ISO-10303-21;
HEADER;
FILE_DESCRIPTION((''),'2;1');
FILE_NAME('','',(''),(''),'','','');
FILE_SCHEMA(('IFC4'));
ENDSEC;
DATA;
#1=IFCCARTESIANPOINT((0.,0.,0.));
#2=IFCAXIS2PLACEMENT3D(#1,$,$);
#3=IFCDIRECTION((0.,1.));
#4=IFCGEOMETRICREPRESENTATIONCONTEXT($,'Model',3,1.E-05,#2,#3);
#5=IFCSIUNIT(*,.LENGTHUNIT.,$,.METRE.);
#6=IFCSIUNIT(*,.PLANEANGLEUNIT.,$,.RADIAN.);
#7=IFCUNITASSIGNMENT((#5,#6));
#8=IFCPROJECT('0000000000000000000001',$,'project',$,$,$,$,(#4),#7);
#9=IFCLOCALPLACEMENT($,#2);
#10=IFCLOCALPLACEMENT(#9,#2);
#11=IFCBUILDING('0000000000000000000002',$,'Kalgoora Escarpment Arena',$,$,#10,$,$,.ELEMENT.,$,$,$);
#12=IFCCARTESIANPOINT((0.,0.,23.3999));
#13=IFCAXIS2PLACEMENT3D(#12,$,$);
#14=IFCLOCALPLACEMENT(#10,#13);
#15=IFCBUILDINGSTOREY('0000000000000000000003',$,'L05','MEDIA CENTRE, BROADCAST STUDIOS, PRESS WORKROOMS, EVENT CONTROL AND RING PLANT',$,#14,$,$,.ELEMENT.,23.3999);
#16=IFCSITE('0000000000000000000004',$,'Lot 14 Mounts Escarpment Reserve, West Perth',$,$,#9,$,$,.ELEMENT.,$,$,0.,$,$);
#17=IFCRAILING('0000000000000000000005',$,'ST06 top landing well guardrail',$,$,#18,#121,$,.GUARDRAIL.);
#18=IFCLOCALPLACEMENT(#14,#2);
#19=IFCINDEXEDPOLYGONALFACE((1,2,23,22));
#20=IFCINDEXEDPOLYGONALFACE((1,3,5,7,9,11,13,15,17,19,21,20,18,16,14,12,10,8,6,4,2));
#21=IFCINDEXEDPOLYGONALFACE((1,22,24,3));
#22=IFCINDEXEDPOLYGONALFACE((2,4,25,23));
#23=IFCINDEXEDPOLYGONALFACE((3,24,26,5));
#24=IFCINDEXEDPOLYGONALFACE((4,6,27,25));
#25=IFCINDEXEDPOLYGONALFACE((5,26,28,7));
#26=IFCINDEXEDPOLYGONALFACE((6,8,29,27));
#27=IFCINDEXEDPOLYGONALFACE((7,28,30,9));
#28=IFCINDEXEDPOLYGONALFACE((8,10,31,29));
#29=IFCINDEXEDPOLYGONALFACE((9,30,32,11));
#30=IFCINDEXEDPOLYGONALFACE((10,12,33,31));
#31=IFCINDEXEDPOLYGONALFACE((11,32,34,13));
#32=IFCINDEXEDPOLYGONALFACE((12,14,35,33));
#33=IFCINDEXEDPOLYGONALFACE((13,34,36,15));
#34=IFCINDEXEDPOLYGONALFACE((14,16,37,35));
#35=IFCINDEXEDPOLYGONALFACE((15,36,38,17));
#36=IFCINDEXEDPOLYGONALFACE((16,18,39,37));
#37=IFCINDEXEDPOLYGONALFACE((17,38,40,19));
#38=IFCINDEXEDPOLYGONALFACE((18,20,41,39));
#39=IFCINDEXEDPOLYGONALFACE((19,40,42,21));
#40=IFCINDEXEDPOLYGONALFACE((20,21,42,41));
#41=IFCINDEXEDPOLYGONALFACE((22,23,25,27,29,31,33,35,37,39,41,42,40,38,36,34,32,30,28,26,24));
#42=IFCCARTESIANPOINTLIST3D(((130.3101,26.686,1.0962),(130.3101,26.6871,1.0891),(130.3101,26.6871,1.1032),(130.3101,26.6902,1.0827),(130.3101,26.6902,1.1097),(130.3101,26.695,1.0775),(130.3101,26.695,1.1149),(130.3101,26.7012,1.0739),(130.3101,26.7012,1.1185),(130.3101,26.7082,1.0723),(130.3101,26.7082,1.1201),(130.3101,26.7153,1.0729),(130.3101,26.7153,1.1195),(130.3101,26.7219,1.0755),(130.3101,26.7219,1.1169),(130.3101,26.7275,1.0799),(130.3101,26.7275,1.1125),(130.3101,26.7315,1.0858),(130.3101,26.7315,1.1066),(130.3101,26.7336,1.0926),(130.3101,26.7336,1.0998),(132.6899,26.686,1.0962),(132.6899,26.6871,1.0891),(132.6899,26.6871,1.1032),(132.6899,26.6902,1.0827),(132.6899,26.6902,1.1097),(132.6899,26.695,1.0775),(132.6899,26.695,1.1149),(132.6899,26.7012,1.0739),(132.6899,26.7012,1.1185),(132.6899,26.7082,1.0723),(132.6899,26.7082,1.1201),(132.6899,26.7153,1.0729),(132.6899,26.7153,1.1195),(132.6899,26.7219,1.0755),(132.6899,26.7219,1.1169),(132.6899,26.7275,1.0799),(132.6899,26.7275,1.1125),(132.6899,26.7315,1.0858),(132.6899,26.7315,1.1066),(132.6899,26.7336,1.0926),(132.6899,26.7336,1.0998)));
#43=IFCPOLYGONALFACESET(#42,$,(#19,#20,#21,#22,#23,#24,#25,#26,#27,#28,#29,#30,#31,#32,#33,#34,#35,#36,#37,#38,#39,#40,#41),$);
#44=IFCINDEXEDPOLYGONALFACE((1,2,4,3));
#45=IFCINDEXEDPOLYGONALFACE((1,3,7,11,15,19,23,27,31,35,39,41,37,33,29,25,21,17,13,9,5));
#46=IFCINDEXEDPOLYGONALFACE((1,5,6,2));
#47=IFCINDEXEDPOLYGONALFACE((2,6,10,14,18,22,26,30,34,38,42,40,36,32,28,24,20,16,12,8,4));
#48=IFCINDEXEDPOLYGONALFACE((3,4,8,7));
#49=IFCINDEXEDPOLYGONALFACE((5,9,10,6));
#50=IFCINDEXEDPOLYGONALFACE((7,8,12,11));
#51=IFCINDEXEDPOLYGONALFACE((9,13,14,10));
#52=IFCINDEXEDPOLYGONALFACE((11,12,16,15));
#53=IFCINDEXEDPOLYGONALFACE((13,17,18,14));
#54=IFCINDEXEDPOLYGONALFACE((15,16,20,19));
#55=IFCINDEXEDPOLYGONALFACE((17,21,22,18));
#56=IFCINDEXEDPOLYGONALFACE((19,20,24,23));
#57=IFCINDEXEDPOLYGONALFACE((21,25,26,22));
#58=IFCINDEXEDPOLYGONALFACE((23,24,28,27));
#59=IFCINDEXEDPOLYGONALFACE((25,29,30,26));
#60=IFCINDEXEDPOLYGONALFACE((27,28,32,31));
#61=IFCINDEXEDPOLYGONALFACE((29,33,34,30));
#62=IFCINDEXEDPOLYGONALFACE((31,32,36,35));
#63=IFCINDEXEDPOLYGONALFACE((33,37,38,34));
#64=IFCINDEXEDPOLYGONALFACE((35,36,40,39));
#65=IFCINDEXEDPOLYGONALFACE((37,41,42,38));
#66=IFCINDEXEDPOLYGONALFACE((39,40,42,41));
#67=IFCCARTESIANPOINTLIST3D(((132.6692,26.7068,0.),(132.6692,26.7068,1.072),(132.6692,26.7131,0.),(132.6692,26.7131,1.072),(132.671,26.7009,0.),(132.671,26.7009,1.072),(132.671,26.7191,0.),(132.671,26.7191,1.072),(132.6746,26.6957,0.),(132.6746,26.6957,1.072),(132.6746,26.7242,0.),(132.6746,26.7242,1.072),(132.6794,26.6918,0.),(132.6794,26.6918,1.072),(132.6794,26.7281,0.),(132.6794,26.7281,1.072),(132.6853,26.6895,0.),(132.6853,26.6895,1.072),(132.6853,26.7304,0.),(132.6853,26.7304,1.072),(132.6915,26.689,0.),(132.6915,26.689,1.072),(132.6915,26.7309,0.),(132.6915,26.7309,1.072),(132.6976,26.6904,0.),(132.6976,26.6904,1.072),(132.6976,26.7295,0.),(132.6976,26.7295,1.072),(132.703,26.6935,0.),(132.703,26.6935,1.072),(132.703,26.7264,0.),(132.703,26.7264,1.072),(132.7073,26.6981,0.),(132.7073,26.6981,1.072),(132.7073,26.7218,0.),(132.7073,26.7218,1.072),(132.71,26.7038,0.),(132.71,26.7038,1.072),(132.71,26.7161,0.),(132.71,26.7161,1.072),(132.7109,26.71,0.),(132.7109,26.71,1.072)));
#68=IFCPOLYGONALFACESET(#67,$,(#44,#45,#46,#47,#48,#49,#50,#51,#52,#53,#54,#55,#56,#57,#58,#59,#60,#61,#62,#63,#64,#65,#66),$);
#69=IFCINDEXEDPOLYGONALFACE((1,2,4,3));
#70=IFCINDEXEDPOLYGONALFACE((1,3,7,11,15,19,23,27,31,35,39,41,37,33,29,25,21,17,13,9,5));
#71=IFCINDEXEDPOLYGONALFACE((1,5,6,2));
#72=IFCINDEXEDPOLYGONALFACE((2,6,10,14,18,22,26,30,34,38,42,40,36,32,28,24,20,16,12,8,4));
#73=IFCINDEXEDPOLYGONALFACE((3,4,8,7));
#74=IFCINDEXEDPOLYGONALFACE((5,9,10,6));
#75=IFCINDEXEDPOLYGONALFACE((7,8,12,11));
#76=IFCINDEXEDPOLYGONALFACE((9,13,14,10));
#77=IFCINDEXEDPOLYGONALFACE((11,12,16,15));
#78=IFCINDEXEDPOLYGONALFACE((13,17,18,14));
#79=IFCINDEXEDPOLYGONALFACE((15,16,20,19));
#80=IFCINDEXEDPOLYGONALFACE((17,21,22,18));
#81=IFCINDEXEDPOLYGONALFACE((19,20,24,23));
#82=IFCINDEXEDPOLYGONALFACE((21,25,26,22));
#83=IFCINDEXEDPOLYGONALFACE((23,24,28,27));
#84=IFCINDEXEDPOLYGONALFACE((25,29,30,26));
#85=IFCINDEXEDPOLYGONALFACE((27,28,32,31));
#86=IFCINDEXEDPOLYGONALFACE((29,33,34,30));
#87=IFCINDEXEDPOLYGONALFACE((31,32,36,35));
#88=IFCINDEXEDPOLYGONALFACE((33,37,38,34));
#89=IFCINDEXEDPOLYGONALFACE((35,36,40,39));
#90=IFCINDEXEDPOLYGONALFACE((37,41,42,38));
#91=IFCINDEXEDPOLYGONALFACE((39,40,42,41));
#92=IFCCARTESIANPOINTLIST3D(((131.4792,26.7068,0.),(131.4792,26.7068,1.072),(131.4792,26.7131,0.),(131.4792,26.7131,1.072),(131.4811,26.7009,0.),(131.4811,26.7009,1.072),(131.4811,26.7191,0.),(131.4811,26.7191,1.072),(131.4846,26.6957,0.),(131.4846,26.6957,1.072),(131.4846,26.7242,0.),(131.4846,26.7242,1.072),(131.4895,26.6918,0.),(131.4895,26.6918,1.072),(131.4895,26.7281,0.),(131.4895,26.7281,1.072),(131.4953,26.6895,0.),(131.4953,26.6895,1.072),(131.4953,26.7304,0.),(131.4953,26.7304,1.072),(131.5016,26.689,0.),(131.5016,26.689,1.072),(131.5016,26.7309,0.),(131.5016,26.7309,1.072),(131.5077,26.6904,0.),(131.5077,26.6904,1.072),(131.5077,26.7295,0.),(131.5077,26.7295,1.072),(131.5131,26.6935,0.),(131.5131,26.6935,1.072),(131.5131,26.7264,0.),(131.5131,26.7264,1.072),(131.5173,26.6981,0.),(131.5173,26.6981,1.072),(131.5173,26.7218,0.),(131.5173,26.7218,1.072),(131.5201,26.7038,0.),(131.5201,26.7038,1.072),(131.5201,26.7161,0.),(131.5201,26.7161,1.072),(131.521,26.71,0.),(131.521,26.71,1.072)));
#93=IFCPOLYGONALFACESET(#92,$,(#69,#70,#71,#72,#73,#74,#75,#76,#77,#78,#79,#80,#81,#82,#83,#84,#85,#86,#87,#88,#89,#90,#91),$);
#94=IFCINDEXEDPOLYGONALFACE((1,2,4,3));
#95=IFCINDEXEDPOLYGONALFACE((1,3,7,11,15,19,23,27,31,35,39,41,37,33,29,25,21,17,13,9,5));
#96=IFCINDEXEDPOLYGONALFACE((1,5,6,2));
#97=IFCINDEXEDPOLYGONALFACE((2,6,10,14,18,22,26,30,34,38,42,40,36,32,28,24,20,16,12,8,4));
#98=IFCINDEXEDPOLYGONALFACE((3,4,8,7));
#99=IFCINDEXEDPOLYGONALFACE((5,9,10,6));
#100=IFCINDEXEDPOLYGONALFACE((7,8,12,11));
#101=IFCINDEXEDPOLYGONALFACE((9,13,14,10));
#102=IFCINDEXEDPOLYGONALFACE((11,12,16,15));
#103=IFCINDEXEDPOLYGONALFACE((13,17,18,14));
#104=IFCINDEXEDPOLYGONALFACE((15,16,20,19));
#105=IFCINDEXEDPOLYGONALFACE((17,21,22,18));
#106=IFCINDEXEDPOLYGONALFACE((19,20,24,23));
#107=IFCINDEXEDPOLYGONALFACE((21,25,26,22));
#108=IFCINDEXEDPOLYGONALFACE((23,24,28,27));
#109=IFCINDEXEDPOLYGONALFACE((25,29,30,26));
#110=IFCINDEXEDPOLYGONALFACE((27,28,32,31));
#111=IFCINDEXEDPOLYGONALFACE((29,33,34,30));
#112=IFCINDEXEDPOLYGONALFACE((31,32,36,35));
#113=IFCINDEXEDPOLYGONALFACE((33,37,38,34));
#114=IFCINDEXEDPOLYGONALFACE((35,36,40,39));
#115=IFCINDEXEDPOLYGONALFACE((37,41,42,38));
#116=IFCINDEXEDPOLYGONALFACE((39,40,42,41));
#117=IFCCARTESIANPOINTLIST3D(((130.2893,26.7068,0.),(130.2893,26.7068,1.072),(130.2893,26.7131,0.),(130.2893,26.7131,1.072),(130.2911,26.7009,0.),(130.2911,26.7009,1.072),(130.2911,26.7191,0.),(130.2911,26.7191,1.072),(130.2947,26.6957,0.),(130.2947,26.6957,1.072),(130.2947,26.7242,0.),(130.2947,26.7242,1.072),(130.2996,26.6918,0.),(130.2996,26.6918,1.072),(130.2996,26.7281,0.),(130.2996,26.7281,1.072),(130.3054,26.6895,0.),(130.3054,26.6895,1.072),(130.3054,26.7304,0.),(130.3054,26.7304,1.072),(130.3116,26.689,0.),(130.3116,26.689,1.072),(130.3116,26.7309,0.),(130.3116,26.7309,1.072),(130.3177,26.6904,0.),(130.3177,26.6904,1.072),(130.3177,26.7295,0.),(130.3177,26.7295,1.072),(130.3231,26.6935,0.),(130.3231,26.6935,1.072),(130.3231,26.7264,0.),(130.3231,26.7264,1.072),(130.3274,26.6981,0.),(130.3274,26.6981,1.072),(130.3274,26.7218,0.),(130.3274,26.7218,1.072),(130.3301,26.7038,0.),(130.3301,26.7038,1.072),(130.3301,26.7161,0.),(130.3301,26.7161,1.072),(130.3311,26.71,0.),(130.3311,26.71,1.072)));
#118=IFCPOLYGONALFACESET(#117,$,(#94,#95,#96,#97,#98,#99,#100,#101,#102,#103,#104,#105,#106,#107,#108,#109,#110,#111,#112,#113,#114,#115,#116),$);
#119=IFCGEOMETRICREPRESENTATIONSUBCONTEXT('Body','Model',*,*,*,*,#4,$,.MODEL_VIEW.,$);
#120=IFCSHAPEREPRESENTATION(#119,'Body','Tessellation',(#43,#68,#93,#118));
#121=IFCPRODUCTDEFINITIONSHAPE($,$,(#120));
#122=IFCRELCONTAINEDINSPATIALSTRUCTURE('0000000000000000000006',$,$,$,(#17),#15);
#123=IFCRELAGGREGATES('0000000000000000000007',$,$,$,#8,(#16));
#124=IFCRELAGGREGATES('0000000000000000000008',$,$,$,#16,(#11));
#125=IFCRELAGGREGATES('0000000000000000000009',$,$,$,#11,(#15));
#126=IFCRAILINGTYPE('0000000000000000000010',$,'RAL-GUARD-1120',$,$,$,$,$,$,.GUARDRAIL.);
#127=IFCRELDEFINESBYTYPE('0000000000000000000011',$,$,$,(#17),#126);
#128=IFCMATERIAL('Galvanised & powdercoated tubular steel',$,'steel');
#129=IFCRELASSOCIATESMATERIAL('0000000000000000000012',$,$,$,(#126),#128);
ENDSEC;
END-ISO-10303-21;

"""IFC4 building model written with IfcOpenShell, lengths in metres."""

from ifc_helpers import new_model, si_unit, direction, frame, origin, origin_2d, place, context, subcontext, project, spatial, circle, extrude, material, type_object, element, save


model = new_model("IFC4")

# Units and contexts
model_context = context("Model", 3, precision=1e-05, world=origin(), true_north=direction((0.0, 1.0)))
body_context = subcontext(model_context, "Body", "Model", "MODEL_VIEW")
ifc_project = project(units=[si_unit("LENGTHUNIT", "METRE"), si_unit("PLANEANGLEUNIT", "RADIAN")], contexts=[model_context])

# Site, building, storey
site_placement = place(None, origin())
site = spatial("IfcSite", under=ifc_project, at=site_placement, Name="Lot 14 Mounts Escarpment Reserve, West Perth", CompositionType="ELEMENT", RefElevation=0.0)
building_placement = place(site_placement, origin())
building = spatial("IfcBuilding", under=site, at=building_placement, Name="Kalgoora Escarpment Arena", CompositionType="ELEMENT")
storey_placement = place(building_placement, frame((0.0, 0.0, 23.3999)))
storey = spatial("IfcBuildingStorey", under=building, at=storey_placement, Name="L05", Description="MEDIA CENTRE, BROADCAST STUDIOS, PRESS WORKROOMS, EVENT CONTROL AND RING PLANT", CompositionType="ELEMENT", Elevation=23.3999)

# Railing
ifc_material_1 = material(Name="Galvanised & powdercoated tubular steel", Category="steel")
railing_type = type_object("IfcRailingType", Name="RAL-GUARD-1120", PredefinedType="GUARDRAIL", material=ifc_material_1)
railing_1_placement = place(storey_placement, frame((132.6899, 26.71, 0.0)))
element("IfcRailing", 1, at=railing_1_placement, inside=storey, type_object=railing_type, Name="ST06 top landing well guardrail", PredefinedType="GUARDRAIL", context=body_context, shape_type="SweptSolid", body=[
    extrude(circle(Radius=0.0239, at=origin_2d()), frame((0.0, 0.0, 1.0962), z_axis=(-1.0, 0.0, 0.0), x_axis=(0.0, -1.0, 0.0)), (0.0, 0.0, 1.0), 2.3799),
    extrude(circle(Radius=0.021, at=origin_2d()), origin(), (0.0, 0.0, 1.0), 1.072),
    extrude(circle(Radius=0.021, at=origin_2d()), frame((-1.1899, 0.0, 0.0)), (0.0, 0.0, 1.0), 1.072),
    extrude(circle(Radius=0.021, at=origin_2d()), frame((-2.3799, 0.0, 0.0)), (0.0, 0.0, 1.0), 1.072),
])

save(model, "model.ifc")
